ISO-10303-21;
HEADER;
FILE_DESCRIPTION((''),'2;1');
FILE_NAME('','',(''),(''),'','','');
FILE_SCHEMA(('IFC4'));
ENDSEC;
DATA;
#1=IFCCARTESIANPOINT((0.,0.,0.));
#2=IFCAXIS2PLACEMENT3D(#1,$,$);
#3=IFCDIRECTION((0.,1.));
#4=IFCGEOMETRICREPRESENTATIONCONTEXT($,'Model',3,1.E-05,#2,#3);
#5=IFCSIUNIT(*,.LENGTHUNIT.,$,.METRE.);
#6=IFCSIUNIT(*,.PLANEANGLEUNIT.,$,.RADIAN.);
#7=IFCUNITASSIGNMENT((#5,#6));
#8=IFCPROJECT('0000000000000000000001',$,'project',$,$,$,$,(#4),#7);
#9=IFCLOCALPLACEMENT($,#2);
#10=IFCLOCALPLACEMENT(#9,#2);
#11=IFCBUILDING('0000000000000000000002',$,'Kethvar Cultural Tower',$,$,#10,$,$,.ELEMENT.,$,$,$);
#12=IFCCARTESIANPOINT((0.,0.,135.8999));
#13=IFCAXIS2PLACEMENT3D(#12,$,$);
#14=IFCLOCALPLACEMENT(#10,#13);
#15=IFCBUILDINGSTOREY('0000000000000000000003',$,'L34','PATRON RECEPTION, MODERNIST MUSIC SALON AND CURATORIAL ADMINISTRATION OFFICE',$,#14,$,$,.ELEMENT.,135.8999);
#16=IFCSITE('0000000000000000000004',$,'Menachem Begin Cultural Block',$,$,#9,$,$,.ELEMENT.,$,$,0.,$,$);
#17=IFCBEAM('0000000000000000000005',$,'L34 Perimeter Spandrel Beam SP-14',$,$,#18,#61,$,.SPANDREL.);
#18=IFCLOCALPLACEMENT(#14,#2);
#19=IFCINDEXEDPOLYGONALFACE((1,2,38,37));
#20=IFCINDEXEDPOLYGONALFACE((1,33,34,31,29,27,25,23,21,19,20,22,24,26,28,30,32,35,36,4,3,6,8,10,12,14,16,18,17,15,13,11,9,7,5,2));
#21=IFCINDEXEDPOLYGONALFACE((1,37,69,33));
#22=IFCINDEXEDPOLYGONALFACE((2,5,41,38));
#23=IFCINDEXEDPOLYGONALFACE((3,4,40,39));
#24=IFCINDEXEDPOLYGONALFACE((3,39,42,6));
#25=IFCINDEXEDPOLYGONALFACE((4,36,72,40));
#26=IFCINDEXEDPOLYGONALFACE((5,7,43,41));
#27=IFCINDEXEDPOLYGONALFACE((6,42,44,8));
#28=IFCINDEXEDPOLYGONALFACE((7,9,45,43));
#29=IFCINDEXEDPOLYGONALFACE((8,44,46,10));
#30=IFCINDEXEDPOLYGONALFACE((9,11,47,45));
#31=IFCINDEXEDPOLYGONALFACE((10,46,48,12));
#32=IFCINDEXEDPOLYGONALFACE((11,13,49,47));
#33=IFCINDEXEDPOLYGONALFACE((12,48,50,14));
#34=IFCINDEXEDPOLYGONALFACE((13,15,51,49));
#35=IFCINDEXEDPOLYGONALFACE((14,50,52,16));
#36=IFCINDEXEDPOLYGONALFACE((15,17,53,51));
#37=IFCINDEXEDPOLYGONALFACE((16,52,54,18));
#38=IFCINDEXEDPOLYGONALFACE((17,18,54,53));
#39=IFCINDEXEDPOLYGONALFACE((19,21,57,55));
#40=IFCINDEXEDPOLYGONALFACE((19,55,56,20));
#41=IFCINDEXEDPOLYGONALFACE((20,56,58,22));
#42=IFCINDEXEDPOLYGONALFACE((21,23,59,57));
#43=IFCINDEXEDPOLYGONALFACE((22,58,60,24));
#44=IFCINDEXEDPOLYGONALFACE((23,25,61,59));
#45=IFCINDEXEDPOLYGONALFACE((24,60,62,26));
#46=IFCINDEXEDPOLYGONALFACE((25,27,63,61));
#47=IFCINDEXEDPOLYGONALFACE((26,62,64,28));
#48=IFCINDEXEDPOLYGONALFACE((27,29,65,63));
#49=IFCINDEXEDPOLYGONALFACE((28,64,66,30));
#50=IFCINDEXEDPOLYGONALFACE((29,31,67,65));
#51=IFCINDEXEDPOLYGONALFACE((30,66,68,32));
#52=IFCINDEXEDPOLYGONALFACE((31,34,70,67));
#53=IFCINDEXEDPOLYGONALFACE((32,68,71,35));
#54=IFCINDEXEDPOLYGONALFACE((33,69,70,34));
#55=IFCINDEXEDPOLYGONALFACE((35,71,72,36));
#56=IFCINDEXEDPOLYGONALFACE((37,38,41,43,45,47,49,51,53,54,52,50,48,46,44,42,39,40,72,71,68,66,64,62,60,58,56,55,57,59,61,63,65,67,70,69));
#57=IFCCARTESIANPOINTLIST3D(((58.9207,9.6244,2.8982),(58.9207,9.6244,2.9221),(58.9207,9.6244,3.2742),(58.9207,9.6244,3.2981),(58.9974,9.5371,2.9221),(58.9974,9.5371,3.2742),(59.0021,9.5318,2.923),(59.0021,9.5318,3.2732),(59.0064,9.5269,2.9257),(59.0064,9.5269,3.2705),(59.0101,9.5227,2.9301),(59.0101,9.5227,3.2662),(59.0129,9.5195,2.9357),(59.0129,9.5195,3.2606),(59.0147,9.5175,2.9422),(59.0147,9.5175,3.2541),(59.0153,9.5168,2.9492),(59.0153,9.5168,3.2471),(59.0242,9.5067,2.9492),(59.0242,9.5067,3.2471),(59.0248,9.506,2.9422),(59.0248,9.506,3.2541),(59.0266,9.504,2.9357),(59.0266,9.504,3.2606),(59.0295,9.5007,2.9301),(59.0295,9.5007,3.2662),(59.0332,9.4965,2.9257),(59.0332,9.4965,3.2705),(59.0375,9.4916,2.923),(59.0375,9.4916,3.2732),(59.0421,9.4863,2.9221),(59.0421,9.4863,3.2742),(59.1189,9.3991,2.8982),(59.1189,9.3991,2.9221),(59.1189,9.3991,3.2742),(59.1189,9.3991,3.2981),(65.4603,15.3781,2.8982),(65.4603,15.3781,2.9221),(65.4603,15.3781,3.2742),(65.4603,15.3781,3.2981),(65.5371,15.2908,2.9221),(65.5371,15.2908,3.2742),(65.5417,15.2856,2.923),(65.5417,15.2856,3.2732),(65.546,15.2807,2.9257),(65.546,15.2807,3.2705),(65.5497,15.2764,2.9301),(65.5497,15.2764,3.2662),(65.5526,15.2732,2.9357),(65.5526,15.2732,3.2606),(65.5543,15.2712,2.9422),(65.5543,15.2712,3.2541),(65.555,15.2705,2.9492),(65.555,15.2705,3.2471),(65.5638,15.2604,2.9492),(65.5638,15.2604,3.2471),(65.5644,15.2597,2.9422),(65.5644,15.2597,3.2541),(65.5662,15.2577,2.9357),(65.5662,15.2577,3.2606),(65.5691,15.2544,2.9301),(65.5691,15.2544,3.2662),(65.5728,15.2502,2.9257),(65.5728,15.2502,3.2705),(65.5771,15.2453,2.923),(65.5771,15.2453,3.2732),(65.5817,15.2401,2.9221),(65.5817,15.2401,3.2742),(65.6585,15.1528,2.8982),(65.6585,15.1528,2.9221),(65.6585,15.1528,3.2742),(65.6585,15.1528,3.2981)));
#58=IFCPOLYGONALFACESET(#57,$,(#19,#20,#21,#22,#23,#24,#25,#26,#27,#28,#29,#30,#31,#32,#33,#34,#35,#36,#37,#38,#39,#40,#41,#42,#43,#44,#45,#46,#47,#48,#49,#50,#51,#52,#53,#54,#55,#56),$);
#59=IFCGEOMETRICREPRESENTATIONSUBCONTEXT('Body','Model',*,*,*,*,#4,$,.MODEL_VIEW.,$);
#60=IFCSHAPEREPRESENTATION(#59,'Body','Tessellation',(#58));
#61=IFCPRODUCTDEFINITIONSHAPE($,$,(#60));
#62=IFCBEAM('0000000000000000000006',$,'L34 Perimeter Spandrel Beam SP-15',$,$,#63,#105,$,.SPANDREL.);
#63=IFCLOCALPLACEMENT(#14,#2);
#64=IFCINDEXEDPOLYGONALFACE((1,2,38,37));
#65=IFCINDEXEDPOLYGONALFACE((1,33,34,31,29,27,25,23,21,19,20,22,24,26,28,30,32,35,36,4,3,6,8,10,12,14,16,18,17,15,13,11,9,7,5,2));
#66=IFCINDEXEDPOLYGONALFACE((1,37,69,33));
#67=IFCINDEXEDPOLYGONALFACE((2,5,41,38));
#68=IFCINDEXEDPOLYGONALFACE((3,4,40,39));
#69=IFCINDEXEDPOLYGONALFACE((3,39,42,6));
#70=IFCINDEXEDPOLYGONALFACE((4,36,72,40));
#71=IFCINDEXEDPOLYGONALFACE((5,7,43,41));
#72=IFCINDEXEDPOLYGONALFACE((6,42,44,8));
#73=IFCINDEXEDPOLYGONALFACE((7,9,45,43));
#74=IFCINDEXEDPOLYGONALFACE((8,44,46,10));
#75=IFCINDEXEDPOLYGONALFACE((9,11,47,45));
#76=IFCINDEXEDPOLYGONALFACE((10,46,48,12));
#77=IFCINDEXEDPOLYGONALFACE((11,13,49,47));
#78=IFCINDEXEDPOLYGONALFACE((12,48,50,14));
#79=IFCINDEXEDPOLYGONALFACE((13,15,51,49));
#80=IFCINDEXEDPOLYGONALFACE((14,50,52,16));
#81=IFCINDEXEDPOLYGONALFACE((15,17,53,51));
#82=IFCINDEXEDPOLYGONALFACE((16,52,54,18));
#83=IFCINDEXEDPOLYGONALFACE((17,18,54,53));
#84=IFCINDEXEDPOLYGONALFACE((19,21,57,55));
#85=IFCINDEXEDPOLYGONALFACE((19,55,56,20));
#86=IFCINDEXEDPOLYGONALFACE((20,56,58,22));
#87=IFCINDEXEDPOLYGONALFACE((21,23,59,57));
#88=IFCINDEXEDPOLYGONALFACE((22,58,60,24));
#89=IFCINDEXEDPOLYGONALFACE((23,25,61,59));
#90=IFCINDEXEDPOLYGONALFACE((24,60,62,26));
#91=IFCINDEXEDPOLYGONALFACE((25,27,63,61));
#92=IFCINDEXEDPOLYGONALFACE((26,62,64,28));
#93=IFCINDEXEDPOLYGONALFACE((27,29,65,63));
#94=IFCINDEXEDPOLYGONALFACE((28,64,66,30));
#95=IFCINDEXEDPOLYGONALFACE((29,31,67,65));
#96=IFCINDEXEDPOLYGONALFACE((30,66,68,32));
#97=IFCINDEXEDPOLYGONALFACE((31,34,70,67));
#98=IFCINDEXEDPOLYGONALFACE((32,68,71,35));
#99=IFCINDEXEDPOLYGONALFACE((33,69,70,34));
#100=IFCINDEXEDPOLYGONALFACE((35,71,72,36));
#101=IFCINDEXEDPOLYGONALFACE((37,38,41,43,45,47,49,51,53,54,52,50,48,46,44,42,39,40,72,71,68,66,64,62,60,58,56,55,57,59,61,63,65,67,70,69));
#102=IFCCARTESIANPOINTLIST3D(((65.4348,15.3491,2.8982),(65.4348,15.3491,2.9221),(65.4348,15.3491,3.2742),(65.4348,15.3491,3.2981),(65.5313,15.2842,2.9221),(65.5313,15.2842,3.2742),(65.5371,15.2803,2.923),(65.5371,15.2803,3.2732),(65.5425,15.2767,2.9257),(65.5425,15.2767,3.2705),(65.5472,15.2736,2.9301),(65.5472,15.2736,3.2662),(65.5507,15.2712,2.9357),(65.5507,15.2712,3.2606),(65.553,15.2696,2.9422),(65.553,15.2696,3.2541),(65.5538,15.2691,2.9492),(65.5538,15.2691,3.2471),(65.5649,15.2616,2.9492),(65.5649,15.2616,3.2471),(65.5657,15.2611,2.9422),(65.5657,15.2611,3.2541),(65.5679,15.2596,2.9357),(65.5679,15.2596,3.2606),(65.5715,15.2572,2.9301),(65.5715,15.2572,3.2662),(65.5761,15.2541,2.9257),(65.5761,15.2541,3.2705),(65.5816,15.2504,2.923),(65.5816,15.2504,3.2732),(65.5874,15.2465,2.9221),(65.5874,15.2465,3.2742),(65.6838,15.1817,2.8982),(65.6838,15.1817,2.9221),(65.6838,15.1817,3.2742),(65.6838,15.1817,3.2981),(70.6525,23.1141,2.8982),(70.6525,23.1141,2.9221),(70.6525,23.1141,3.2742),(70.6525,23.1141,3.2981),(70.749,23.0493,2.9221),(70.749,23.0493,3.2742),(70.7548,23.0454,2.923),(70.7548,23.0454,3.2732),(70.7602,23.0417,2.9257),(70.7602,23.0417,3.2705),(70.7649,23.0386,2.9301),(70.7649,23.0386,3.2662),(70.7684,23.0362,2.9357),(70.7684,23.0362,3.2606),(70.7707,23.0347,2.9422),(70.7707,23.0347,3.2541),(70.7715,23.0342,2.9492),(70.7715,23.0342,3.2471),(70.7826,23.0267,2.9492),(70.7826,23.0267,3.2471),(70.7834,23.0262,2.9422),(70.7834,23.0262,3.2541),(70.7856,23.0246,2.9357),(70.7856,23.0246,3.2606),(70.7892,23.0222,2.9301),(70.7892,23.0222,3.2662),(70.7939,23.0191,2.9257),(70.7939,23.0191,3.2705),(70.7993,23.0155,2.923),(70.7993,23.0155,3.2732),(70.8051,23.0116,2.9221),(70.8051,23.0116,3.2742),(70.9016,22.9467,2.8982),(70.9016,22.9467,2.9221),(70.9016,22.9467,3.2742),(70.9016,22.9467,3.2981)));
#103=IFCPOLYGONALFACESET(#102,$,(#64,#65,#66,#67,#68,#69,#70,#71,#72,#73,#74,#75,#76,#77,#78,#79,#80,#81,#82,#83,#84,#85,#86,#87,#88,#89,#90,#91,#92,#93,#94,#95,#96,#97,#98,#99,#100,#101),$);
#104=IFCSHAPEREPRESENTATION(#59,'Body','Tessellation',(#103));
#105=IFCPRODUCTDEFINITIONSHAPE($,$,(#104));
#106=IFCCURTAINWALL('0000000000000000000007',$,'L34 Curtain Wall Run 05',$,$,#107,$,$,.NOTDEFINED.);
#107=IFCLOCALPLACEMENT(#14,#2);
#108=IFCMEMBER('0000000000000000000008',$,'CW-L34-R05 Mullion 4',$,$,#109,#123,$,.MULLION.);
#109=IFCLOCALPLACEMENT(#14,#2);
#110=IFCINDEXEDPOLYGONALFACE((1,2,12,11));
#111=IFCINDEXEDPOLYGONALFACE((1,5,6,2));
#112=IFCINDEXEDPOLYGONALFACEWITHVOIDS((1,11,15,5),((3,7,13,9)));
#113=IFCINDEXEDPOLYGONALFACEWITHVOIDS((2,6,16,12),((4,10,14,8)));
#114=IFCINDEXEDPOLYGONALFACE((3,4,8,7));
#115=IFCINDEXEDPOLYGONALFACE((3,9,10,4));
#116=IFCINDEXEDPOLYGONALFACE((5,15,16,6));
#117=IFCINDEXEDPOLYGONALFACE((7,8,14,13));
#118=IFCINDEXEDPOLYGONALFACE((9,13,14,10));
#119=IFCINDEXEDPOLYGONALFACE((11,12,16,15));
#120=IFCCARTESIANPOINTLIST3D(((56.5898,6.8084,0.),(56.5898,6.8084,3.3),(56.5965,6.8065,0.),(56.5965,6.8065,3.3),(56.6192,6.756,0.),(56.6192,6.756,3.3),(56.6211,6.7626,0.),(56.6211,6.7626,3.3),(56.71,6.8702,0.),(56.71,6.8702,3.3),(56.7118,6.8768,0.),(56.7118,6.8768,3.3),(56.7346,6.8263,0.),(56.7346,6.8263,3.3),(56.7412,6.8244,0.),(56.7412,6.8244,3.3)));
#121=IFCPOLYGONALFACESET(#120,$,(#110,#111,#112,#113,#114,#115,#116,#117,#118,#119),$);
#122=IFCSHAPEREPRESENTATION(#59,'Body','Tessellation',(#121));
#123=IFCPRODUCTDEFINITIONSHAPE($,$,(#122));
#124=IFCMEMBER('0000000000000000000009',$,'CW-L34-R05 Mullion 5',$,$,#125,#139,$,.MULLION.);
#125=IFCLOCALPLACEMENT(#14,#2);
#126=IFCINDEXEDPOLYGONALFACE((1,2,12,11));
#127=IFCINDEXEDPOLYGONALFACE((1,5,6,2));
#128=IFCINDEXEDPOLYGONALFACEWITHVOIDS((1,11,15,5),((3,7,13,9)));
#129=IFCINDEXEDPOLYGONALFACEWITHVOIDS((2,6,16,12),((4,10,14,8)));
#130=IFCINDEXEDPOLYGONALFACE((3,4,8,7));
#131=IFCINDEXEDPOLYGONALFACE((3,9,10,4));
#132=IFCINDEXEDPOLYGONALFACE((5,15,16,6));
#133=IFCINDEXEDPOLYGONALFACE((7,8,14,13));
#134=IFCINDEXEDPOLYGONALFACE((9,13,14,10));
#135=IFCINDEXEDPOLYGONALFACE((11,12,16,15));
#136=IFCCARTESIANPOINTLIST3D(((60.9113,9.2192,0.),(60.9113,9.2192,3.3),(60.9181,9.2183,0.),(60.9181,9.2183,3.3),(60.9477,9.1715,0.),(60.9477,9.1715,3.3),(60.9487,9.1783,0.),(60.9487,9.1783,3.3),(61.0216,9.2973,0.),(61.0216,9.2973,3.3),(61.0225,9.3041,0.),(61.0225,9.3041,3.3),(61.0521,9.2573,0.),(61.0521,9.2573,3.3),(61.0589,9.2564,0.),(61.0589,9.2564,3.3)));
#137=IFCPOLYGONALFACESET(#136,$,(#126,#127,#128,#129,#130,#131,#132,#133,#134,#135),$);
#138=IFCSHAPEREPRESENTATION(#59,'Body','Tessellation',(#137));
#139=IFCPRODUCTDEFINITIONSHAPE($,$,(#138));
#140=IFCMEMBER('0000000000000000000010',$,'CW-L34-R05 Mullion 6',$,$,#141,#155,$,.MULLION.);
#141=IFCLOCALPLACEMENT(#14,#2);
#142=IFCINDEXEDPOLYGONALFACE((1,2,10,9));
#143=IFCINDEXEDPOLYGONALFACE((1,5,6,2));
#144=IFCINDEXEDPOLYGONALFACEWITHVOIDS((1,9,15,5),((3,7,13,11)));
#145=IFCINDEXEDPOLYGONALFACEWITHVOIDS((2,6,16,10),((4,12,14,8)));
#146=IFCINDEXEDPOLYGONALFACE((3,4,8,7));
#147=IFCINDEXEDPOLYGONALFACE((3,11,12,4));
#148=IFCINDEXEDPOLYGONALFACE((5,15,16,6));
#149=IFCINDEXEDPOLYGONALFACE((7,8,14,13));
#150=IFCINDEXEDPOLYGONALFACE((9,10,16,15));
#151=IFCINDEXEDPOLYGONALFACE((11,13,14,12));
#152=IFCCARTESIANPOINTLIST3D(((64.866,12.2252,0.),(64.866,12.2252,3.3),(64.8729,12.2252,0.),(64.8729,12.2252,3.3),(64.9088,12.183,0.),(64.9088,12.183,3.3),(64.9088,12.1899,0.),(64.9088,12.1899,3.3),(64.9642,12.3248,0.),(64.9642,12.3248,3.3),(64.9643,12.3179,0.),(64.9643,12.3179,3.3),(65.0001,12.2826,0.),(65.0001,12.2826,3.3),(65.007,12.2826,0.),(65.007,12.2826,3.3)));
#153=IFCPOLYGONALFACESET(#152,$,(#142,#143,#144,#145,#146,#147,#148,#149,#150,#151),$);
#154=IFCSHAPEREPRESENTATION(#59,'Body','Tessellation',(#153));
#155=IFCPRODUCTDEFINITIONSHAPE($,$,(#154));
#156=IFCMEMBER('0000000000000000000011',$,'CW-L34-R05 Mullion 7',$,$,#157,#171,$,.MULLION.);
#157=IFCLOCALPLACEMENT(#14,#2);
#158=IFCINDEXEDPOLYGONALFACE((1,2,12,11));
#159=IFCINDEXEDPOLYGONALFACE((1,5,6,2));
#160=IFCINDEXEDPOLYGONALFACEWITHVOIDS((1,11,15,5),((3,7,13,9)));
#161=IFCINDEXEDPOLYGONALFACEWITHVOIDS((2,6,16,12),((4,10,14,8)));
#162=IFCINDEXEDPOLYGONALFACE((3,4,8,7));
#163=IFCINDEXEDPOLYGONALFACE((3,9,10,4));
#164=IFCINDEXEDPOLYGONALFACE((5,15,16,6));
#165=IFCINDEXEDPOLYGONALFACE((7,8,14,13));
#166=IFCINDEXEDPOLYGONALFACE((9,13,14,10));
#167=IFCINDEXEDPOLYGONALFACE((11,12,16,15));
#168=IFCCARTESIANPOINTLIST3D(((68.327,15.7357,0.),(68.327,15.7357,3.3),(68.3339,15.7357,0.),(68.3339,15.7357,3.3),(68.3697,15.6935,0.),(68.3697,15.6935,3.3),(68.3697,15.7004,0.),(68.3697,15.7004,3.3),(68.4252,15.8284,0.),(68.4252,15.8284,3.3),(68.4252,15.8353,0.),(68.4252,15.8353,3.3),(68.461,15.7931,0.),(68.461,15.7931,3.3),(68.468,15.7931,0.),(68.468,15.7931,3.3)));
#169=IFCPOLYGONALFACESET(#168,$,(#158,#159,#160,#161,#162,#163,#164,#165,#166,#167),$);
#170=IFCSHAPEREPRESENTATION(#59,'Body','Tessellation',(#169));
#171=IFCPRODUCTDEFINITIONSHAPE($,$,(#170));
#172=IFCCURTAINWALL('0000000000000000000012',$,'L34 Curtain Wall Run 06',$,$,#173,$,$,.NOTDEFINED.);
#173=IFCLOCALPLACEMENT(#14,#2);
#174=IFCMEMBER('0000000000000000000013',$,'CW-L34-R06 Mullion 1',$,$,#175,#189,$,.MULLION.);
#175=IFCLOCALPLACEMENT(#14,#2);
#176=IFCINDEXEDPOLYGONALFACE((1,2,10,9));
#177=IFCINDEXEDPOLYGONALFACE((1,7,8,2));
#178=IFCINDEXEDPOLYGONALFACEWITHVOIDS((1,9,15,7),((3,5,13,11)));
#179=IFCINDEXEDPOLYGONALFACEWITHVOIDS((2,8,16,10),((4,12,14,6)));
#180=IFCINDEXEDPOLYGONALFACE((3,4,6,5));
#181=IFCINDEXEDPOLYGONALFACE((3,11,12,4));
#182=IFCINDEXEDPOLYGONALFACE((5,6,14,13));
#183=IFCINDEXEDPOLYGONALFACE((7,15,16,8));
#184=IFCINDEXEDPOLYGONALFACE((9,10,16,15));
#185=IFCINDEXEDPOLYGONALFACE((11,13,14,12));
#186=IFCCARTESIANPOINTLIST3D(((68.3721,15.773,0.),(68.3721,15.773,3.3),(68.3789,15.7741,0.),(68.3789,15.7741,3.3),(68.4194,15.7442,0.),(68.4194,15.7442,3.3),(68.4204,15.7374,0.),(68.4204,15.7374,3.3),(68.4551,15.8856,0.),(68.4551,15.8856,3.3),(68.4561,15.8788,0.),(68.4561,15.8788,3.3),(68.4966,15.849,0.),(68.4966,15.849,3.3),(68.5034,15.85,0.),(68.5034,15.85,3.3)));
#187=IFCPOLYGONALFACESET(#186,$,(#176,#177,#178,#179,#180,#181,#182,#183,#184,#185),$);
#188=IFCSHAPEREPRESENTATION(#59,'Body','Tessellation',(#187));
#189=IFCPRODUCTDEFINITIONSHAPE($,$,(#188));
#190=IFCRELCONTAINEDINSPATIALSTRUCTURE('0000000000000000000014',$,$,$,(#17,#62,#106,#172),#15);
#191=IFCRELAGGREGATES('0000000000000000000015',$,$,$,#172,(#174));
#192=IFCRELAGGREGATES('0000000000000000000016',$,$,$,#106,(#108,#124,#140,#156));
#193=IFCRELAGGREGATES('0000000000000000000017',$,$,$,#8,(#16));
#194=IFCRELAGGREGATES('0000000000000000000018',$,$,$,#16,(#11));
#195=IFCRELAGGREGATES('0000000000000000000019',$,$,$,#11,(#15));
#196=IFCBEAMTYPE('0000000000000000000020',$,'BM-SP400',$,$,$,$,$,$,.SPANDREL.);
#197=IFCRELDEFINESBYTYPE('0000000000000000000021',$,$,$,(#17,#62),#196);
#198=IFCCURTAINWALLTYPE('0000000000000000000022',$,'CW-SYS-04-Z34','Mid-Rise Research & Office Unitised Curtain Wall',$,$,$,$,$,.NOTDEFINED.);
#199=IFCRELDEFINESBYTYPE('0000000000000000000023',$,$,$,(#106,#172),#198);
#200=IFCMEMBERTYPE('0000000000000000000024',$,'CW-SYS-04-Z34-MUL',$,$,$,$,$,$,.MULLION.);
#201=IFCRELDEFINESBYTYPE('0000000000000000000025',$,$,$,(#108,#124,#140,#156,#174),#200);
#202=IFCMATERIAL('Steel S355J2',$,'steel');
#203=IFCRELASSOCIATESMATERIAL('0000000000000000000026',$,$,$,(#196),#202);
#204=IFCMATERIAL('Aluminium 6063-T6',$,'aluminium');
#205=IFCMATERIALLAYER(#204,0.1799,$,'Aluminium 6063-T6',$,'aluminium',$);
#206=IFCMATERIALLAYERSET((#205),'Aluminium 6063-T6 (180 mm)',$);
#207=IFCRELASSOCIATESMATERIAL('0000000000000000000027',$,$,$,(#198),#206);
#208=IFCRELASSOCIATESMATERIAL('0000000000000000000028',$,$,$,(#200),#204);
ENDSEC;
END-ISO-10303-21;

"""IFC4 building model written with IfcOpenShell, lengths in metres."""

from ifc_helpers import new_model, si_unit, direction, frame, origin, origin_2d, place, context, subcontext, project, spatial, hollow_rectangle, i_section, extrude, source, transform, mapped, material, layer, layer_set, material_profile, profile_set, type_object, element, aggregate, save


model = new_model("IFC4")

# Units and contexts
model_context = context("Model", 3, precision=1e-05, world=origin(), true_north=direction((0.0, 1.0)))
body_context = subcontext(model_context, "Body", "Model", "MODEL_VIEW")
ifc_project = project(units=[si_unit("LENGTHUNIT", "METRE"), si_unit("PLANEANGLEUNIT", "RADIAN")], contexts=[model_context])

# Site, building, storey
site_placement = place(None, origin())
site = spatial("IfcSite", under=ifc_project, at=site_placement, Name="Menachem Begin Cultural Block", CompositionType="ELEMENT", RefElevation=0.0)
building_placement = place(site_placement, origin())
building = spatial("IfcBuilding", under=site, at=building_placement, Name="Kethvar Cultural Tower", CompositionType="ELEMENT")
storey_placement = place(building_placement, frame((0.0, 0.0, 135.8999)))
storey = spatial("IfcBuildingStorey", under=building, at=storey_placement, Name="L34", Description="PATRON RECEPTION, MODERNIST MUSIC SALON AND CURATORIAL ADMINISTRATION OFFICE", CompositionType="ELEMENT", Elevation=135.8999)

# Beams
ifc_material_1 = material(Name="Steel S355J2", Category="steel")
ifc_material_profile_1 = material_profile(ifc_material_1, i_section(OverallWidth=0.3, OverallDepth=0.3999, WebThickness=0.0134, FlangeThickness=0.0239, FilletRadius=0.0271, at=origin_2d()), Name="Steel S355J2 — HEB400")
ifc_profile_set_1 = profile_set([ifc_material_profile_1], Name="Steel S355J2 — HEB400")
beam_type_1 = type_object("IfcBeamType", Name="BM-SP400", PredefinedType="SPANDREL", material=ifc_profile_set_1)
shared_shape_1 = source(origin(), body_context, "Body", "SweptSolid", [
    extrude(i_section(OverallWidth=0.3, OverallDepth=0.3999, WebThickness=0.0134, FlangeThickness=0.0239, FilletRadius=0.0271, at=origin_2d()), origin(), (0.0, 0.0, 1.0), 8.7104),
])
beam_1_placement = place(storey_placement, frame((59.0198, 9.5117, 3.0981), z_axis=(0.750779, 0.660554, 0.0), x_axis=(-0.660554, 0.750779, 0.0)))
element("IfcBeam", 1, at=beam_1_placement, inside=storey, type_object=beam_type_1, Name="L34 Perimeter Spandrel Beam SP-14", PredefinedType="SPANDREL", context=body_context, shape_type="MappedRepresentation", body=[
    mapped(shared_shape_1, transform((0.0, 0.0, 0.0), scale=1.0)),
])
shared_shape_2 = source(origin(), body_context, "Body", "SweptSolid", [
    extrude(i_section(OverallWidth=0.3, OverallDepth=0.3999, WebThickness=0.0134, FlangeThickness=0.0239, FilletRadius=0.0271, at=origin_2d()), origin(), (0.0, 0.0, 1.0), 9.3552),
])
beam_2_placement = place(storey_placement, frame((65.5593, 15.2654, 3.0981), z_axis=(0.557732, 0.830021, 0.0), x_axis=(-0.830021, 0.557732, 0.0)))
element("IfcBeam", 2, at=beam_2_placement, inside=storey, type_object=beam_type_1, Name="L34 Perimeter Spandrel Beam SP-15", PredefinedType="SPANDREL", context=body_context, shape_type="MappedRepresentation", body=[
    mapped(shared_shape_2, transform((0.0, 0.0, 0.0), scale=1.0)),
])

# Curtain wall, members
ifc_material_2 = material(Name="Aluminium 6063-T6", Category="aluminium")
ifc_layer_1 = layer(ifc_material_2, 0.1799, Name="Aluminium 6063-T6", Category="aluminium")
ifc_layer_set_1 = layer_set([ifc_layer_1], Name="Aluminium 6063-T6 (180 mm)")
curtain_wall_type = type_object("IfcCurtainWallType", Name="CW-SYS-04-Z34", Description="Mid-Rise Research & Office Unitised Curtain Wall", PredefinedType="NOTDEFINED", material=ifc_layer_set_1)
curtain_wall_1_placement = place(storey_placement, origin())
curtain_wall_1 = element("IfcCurtainWall", 3, at=curtain_wall_1_placement, inside=storey, type_object=curtain_wall_type, Name="L34 Curtain Wall Run 05", PredefinedType="NOTDEFINED")
ifc_material_profile_2 = material_profile(ifc_material_2, hollow_rectangle(XDim=0.0601, YDim=0.1399, WallThickness=0.0049, at=origin_2d()), Name="Aluminium 6063-T6 — RHS140x60x5")
ifc_profile_set_2 = profile_set([ifc_material_profile_2], Name="Aluminium 6063-T6 — RHS140x60x5")
member_type_1 = type_object("IfcMemberType", Name="CW-SYS-04-Z34-MUL", PredefinedType="MULLION", material=ifc_profile_set_2)
shared_shape_3 = source(origin(), body_context, "Body", "SweptSolid", [
    extrude(hollow_rectangle(XDim=0.0601, YDim=0.1399, WallThickness=0.0049, at=origin_2d()), origin(), (0.0, 0.0, 1.0), 3.3),
])
member_1_placement = place(storey_placement, frame((56.6655, 6.8164, 0.0), z_axis=(0.0, 0.0, 1.0), x_axis=(-0.489154, 0.872197, 0.0)))
member_1 = element("IfcMember", 4, at=member_1_placement, type_object=member_type_1, Name="CW-L34-R05 Mullion 4", PredefinedType="MULLION", context=body_context, shape_type="MappedRepresentation", body=[
    mapped(shared_shape_3, transform((0.0, 0.0, 0.0), scale=1.0)),
])
member_2_placement = place(storey_placement, frame((60.9851, 9.2378, 0.0), z_axis=(0.0, 0.0, 1.0), x_axis=(-0.606932, 0.794754, 0.0)))
member_2 = element("IfcMember", 5, at=member_2_placement, type_object=member_type_1, Name="CW-L34-R05 Mullion 5", PredefinedType="MULLION", context=body_context, shape_type="MappedRepresentation", body=[
    mapped(shared_shape_3, transform((0.0, 0.0, 0.0), scale=1.0)),
])
member_3_placement = place(storey_placement, frame((64.9365, 12.2539, 0.0), z_axis=(0.0, 0.0, 1.0), x_axis=(-0.7121, 0.702078, 0.0)))
member_3 = element("IfcMember", 6, at=member_3_placement, type_object=member_type_1, Name="CW-L34-R05 Mullion 6", PredefinedType="MULLION", context=body_context, shape_type="MappedRepresentation", body=[
    mapped(shared_shape_3, transform((0.0, 0.0, 0.0), scale=1.0)),
])
member_4_placement = place(storey_placement, frame((68.3975, 15.7644, 0.0), z_axis=(0.0, 0.0, 1.0), x_axis=(-0.7121, 0.702078, 0.0)))
member_4 = element("IfcMember", 7, at=member_4_placement, type_object=member_type_1, Name="CW-L34-R05 Mullion 7", PredefinedType="MULLION", context=body_context, shape_type="MappedRepresentation", body=[
    mapped(shared_shape_3, transform((0.0, 0.0, 0.0), scale=1.0)),
])

# Curtain wall, member
curtain_wall_2_placement = place(storey_placement, origin())
curtain_wall_2 = element("IfcCurtainWall", 8, at=curtain_wall_2_placement, inside=storey, type_object=curtain_wall_type, Name="L34 Curtain Wall Run 06", PredefinedType="NOTDEFINED")
member_5_placement = place(storey_placement, frame((68.4377, 15.8115, 0.0), z_axis=(0.0, 0.0, 1.0), x_axis=(-0.805059, 0.593194, 0.0)))
member_5 = element("IfcMember", 9, at=member_5_placement, type_object=member_type_1, Name="CW-L34-R06 Mullion 1", PredefinedType="MULLION", context=body_context, shape_type="MappedRepresentation", body=[
    mapped(shared_shape_3, transform((0.0, 0.0, 0.0), scale=1.0)),
])

aggregate(curtain_wall_2, [member_5])

aggregate(curtain_wall_1, [member_1, member_2, member_3, member_4])

save(model, "model.ifc")
